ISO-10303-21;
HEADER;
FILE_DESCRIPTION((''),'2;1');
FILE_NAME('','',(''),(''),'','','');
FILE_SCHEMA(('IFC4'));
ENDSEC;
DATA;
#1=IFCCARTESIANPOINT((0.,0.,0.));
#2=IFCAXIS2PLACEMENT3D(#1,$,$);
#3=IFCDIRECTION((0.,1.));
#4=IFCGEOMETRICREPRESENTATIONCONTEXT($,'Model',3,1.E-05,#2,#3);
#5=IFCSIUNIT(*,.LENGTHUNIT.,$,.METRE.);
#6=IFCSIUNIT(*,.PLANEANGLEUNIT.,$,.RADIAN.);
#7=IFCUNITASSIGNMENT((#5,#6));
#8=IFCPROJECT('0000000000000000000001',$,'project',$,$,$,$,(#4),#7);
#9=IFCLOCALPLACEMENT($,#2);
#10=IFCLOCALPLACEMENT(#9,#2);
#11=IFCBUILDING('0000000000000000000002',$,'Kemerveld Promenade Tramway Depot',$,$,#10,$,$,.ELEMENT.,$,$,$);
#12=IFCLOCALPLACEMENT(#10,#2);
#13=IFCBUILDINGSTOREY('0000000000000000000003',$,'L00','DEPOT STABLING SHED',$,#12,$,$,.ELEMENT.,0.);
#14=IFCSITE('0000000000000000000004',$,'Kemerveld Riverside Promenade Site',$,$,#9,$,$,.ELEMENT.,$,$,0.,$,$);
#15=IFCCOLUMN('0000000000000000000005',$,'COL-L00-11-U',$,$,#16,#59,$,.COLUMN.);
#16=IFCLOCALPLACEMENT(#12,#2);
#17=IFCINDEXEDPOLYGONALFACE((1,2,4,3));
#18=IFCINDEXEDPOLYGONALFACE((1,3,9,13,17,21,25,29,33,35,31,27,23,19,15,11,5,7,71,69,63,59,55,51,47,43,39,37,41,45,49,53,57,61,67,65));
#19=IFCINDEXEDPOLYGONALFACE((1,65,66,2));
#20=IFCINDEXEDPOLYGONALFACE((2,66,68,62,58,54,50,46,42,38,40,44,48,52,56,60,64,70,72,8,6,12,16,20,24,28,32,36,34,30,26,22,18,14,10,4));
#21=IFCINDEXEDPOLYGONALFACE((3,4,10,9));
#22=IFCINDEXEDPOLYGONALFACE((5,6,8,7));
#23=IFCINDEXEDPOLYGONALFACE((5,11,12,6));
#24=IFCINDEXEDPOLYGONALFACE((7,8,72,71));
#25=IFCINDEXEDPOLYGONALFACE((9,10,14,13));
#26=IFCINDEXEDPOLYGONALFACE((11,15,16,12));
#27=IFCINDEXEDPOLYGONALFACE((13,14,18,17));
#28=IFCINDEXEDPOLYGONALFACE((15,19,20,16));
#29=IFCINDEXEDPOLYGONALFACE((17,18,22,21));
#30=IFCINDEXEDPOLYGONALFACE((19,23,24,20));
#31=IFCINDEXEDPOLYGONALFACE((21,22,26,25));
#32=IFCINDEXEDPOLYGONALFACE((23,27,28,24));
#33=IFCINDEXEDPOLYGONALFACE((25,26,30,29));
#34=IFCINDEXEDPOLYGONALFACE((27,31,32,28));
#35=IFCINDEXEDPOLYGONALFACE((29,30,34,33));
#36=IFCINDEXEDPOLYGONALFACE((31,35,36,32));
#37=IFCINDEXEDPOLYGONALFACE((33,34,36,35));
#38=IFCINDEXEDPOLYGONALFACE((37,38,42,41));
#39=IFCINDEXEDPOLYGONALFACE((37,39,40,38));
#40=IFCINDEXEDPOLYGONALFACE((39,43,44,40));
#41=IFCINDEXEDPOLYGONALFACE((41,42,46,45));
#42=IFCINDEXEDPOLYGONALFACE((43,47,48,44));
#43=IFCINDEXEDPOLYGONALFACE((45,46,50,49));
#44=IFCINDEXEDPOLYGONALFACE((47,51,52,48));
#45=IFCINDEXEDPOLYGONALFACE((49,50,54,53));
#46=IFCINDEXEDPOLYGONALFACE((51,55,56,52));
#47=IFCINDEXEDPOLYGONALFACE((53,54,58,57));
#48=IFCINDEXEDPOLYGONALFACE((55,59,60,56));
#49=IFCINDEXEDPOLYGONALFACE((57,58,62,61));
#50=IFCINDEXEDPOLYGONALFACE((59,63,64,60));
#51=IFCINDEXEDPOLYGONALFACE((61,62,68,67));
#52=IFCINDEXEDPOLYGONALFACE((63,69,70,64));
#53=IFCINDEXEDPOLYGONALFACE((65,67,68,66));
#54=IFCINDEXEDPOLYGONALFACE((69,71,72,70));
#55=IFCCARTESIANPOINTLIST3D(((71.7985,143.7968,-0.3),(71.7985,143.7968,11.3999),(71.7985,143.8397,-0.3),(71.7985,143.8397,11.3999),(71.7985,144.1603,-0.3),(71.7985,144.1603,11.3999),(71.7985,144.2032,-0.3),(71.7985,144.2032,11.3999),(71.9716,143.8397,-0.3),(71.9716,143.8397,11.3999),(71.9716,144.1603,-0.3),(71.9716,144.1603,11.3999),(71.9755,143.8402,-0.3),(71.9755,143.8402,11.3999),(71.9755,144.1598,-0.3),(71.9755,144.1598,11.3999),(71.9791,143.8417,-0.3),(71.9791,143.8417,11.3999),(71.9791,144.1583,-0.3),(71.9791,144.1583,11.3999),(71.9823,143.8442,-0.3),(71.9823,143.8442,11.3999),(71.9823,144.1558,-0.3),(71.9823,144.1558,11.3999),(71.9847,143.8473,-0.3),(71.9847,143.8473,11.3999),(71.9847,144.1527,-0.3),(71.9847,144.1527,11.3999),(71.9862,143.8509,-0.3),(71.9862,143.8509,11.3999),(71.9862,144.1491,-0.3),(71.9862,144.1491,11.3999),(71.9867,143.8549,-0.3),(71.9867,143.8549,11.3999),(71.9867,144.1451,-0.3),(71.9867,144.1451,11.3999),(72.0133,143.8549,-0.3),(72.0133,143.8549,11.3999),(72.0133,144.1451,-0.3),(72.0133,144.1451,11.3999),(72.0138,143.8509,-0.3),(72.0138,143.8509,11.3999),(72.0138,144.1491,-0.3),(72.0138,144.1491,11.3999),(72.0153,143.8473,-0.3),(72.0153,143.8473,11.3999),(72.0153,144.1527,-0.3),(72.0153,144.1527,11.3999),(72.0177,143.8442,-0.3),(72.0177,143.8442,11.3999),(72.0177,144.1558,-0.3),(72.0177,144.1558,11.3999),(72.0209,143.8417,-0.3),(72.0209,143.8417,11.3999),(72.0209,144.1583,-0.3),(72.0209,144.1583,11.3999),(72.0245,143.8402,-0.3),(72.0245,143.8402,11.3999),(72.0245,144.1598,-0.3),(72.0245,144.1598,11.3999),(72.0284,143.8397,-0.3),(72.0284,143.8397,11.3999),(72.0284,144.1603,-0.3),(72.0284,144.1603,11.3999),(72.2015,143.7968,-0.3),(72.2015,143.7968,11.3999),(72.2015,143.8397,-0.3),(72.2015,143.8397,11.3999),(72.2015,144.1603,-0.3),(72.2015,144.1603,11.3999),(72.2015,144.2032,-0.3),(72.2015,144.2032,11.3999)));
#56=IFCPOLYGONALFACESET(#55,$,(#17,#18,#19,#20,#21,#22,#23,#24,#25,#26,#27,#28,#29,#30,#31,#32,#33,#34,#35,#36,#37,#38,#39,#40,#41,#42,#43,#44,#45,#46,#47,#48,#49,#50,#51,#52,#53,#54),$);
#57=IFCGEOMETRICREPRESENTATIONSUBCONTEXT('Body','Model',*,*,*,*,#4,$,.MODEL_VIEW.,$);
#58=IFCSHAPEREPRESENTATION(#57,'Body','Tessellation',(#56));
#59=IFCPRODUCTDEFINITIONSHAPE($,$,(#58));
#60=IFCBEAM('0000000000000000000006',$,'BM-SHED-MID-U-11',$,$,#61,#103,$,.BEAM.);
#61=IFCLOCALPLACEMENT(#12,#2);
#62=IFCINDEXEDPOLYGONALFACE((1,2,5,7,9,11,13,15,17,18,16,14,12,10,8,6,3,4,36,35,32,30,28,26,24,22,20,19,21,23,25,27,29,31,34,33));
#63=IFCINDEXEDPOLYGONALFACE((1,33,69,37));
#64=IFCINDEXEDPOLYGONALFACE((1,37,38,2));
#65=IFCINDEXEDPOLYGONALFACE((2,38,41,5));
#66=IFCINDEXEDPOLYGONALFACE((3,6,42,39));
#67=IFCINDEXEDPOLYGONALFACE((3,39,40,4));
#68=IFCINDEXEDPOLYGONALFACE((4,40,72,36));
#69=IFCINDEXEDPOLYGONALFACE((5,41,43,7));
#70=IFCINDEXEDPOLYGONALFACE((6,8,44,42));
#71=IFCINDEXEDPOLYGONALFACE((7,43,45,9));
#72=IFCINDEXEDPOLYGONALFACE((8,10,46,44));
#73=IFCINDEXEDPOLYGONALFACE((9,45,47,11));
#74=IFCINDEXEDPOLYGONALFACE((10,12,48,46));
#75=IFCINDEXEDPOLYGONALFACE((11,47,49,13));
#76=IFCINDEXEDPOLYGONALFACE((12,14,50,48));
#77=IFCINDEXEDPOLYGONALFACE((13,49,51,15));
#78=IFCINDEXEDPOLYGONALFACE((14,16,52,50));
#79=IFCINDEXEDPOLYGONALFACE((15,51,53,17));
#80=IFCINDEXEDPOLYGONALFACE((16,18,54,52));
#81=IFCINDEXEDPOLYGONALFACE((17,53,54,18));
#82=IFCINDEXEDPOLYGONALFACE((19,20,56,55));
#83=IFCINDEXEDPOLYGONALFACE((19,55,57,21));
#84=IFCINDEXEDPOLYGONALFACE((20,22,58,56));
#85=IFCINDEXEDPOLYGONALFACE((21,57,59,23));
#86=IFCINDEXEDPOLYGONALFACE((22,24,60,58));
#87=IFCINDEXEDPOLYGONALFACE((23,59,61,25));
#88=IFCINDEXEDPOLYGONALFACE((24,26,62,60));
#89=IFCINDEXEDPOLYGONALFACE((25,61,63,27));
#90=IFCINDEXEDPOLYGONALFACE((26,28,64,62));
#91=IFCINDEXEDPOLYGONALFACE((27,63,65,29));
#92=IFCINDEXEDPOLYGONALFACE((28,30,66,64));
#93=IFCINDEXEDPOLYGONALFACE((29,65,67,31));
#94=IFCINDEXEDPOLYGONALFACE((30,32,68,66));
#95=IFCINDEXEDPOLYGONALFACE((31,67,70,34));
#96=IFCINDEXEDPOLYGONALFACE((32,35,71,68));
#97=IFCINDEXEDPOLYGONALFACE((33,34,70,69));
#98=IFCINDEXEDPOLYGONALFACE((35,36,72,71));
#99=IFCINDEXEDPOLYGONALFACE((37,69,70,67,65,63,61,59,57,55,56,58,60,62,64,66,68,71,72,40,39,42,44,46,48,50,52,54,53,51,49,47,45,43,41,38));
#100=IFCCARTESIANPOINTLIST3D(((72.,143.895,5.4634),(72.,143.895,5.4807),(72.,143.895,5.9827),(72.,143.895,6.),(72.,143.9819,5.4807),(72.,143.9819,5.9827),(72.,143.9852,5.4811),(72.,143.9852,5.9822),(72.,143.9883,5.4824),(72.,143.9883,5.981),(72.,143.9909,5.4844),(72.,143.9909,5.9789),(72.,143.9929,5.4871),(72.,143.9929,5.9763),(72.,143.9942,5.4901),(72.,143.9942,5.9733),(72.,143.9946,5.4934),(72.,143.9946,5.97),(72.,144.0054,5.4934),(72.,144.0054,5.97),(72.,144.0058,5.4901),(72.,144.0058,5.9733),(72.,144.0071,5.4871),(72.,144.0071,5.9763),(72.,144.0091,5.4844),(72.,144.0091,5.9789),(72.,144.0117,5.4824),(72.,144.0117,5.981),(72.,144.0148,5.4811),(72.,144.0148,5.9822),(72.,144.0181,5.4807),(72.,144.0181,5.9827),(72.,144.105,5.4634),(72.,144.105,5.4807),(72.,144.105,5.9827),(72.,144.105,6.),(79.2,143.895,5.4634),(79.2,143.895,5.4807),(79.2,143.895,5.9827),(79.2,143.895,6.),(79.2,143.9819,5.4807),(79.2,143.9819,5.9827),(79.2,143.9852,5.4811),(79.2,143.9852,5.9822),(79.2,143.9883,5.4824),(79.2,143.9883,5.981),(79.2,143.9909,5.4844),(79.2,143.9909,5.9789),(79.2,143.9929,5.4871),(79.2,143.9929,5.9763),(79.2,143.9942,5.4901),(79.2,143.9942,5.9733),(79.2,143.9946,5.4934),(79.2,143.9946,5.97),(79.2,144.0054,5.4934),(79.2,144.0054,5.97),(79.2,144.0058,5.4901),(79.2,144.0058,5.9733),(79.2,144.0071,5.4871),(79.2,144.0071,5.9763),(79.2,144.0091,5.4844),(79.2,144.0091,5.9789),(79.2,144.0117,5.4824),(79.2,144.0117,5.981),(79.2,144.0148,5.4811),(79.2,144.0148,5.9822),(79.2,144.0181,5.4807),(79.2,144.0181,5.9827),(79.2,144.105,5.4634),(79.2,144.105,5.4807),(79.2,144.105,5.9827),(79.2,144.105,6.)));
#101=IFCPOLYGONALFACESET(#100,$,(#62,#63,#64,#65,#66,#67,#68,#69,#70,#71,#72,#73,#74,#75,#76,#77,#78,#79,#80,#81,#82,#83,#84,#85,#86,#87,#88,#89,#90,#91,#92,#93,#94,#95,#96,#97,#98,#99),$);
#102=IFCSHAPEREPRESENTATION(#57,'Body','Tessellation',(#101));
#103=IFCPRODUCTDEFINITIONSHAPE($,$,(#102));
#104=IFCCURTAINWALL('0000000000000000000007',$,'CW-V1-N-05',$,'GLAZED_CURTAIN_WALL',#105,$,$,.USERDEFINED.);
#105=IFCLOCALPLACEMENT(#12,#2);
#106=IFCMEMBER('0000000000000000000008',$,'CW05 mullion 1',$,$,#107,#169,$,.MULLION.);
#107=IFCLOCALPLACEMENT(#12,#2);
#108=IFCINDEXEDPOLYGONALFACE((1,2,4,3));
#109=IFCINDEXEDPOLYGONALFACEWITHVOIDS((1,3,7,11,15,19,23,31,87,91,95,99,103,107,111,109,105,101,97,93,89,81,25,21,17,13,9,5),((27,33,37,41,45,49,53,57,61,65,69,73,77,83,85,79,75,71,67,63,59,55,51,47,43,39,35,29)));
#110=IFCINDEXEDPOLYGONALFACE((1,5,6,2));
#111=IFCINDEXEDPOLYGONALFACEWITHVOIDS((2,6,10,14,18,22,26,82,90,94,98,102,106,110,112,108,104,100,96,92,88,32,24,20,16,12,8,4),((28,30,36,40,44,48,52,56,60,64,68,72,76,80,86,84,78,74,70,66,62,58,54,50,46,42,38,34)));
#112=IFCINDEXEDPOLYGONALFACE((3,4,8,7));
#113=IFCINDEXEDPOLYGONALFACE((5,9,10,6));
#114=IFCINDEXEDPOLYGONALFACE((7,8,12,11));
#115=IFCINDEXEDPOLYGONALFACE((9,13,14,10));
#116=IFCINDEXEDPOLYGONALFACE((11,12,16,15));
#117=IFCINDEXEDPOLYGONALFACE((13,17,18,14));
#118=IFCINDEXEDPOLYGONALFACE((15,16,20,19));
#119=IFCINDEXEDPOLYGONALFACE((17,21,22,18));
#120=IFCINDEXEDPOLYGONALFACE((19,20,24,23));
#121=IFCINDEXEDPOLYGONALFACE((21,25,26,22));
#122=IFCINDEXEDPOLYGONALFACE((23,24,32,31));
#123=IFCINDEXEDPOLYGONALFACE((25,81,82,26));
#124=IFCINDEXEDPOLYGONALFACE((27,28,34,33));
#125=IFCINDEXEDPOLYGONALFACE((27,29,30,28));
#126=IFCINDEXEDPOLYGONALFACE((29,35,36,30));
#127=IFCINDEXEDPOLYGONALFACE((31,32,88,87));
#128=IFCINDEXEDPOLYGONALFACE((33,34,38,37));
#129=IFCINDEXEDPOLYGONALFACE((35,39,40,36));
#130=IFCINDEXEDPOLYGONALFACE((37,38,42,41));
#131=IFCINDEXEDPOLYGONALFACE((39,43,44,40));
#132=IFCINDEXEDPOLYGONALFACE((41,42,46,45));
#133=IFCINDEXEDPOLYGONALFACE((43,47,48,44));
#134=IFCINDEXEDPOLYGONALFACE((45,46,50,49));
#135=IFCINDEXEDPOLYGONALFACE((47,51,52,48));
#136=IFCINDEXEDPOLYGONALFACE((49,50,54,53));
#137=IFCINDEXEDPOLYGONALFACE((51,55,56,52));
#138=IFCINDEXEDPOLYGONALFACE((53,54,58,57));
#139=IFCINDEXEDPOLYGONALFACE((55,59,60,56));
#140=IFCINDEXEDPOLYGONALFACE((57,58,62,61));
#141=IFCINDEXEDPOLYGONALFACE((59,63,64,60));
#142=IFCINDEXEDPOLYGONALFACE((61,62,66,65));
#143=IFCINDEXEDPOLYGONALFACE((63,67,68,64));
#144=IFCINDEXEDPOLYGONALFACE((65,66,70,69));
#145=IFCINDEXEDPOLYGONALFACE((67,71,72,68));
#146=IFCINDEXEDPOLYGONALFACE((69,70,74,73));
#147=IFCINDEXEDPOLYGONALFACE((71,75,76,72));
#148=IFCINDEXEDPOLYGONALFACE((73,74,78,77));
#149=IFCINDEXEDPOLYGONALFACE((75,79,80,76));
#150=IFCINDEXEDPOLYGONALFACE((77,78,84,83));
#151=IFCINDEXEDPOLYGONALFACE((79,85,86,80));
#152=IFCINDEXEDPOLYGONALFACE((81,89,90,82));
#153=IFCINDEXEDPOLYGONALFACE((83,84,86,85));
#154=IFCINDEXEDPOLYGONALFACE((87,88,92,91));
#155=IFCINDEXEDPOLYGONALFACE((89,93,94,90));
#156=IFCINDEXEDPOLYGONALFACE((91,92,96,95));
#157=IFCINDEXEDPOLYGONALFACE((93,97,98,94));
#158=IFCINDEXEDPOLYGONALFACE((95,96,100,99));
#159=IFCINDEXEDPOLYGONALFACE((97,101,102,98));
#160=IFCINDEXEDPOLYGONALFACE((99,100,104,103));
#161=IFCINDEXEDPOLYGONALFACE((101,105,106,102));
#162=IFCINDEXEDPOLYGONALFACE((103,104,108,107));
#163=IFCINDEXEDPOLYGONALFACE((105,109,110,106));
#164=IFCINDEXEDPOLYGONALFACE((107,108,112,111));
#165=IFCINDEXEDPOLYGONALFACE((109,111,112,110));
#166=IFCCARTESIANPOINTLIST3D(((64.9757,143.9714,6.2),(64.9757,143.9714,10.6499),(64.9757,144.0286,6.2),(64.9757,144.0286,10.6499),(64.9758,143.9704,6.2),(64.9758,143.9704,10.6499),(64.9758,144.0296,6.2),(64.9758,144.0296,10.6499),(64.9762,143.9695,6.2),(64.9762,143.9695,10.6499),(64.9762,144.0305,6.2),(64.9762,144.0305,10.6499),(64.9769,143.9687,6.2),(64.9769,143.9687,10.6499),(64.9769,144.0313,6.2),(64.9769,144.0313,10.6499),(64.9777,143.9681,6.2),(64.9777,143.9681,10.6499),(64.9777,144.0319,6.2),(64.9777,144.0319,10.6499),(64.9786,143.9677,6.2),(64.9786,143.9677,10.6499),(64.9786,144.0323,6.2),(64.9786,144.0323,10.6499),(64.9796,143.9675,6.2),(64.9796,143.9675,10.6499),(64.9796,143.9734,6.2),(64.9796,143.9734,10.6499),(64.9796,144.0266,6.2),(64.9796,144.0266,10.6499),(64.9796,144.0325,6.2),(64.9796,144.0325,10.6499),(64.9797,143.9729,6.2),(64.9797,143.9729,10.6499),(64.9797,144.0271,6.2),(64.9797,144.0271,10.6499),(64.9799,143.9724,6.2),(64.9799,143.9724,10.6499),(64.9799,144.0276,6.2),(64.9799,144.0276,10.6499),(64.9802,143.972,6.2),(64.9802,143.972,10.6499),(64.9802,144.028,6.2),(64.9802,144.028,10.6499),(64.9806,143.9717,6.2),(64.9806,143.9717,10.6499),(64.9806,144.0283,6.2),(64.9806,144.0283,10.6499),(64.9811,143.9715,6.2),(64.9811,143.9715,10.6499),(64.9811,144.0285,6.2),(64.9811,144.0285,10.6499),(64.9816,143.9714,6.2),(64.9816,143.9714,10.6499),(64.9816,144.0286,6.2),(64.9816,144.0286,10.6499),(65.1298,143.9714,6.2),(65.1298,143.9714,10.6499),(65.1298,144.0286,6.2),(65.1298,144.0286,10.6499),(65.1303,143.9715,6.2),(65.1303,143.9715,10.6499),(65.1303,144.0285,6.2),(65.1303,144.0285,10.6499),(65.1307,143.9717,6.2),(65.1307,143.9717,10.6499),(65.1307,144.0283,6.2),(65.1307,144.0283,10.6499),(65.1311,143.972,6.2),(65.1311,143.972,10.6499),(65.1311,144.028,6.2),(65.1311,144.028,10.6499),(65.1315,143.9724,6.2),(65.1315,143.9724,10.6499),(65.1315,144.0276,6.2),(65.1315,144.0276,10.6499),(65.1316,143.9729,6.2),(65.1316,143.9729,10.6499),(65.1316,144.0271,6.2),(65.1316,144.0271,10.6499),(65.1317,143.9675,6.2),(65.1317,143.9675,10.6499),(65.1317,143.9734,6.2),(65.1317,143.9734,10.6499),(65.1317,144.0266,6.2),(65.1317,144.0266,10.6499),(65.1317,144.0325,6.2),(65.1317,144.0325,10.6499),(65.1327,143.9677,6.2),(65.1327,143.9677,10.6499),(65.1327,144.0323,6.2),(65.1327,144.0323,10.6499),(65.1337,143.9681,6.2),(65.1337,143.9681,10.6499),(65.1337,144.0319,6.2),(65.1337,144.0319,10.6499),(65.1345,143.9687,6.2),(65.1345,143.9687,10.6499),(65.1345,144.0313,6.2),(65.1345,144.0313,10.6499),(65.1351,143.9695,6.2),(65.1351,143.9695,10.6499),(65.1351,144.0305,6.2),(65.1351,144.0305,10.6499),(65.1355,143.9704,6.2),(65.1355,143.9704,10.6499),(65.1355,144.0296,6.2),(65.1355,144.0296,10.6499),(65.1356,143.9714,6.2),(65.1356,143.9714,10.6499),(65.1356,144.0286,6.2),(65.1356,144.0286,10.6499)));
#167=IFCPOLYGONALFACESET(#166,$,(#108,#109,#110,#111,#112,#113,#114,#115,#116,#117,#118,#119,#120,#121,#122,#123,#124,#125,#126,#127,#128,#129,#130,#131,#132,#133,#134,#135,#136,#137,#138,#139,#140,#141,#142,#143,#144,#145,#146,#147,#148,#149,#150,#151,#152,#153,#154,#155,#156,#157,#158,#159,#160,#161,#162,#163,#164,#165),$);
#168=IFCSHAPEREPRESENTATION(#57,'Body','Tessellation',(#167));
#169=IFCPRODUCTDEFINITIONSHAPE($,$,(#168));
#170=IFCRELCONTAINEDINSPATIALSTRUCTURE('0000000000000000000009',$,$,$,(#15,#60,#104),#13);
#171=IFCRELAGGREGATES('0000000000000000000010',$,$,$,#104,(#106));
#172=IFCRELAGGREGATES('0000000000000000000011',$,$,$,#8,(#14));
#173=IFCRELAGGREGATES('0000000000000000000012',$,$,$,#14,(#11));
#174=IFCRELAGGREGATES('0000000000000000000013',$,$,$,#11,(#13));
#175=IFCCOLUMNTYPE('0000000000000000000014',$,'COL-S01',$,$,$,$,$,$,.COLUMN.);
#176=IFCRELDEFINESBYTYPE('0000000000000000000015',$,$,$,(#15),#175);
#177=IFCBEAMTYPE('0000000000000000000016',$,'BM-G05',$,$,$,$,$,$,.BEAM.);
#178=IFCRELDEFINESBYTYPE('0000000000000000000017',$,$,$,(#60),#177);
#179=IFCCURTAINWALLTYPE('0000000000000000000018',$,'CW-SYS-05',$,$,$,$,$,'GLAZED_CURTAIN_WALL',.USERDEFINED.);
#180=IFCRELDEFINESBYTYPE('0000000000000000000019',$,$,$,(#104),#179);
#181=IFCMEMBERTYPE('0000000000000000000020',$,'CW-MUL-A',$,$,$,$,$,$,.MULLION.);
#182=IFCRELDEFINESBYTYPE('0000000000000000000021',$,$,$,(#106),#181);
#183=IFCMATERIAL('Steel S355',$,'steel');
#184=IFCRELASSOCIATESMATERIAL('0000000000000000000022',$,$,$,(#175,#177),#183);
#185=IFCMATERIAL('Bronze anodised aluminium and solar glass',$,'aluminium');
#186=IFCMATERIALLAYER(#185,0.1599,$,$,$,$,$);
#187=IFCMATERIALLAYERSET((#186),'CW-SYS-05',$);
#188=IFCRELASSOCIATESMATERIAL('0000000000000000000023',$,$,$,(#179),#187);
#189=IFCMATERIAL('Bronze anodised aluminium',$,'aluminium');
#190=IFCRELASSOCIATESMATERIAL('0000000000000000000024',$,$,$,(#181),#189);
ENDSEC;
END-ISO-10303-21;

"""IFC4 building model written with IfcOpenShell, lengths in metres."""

from ifc_helpers import new_model, si_unit, direction, frame, origin, origin_2d, place, context, subcontext, project, spatial, hollow_rectangle, i_section, extrude, material, layer, layer_set, material_profile, profile_set, type_object, element, aggregate, save


model = new_model("IFC4")

# Units and contexts
model_context = context("Model", 3, precision=1e-05, world=origin(), true_north=direction((0.0, 1.0)))
body_context = subcontext(model_context, "Body", "Model", "MODEL_VIEW")
ifc_project = project(units=[si_unit("LENGTHUNIT", "METRE"), si_unit("PLANEANGLEUNIT", "RADIAN")], contexts=[model_context])

# Site, building, storey
site_placement = place(None, origin())
site = spatial("IfcSite", under=ifc_project, at=site_placement, Name="Kemerveld Riverside Promenade Site", CompositionType="ELEMENT", RefElevation=0.0)
building_placement = place(site_placement, origin())
building = spatial("IfcBuilding", under=site, at=building_placement, Name="Kemerveld Promenade Tramway Depot", CompositionType="ELEMENT")
storey_placement = place(building_placement, origin())
storey = spatial("IfcBuildingStorey", under=building, at=storey_placement, Name="L00", Description="DEPOT STABLING SHED", CompositionType="ELEMENT", Elevation=0.0)

# Column
ifc_material_1 = material(Name="Steel S355", Category="steel")
ifc_material_profile_1 = material_profile(ifc_material_1, i_section(OverallWidth=0.4031, OverallDepth=0.4065, WebThickness=0.0266, FlangeThickness=0.043, FilletRadius=0.0151, at=origin_2d()), Name="356x406x340 UC")
ifc_profile_set_1 = profile_set([ifc_material_profile_1], Name="Steel S355")
column_type = type_object("IfcColumnType", Name="COL-S01", PredefinedType="COLUMN", material=ifc_profile_set_1)
for number, where, z_axis, x_axis, name in (
    (1, (72.0, 144.0, -0.3), (0.0, 0.0, 1.0), (1.0, 0.0, 0.0), "COL-L00-11-U"),
):
    element("IfcColumn", number, at=place(storey_placement, frame(where, z_axis=z_axis, x_axis=x_axis)), inside=storey, type_object=column_type, Name=name, PredefinedType="COLUMN", context=body_context, shape_type="SweptSolid", body=[
        extrude(i_section(OverallWidth=0.4031, OverallDepth=0.4065, WebThickness=0.0266, FlangeThickness=0.043, FilletRadius=0.0151, at=origin_2d()), origin(), (0.0, 0.0, 1.0), 11.7),
    ])

# Beam
ifc_material_profile_2 = material_profile(ifc_material_1, i_section(OverallWidth=0.21, OverallDepth=0.5366, WebThickness=0.0107, FlangeThickness=0.0173, FilletRadius=0.0127, at=origin_2d()), Name="533x210x101 UB")
ifc_profile_set_2 = profile_set([ifc_material_profile_2], Name="Steel S355")
beam_type = type_object("IfcBeamType", Name="BM-G05", PredefinedType="BEAM", material=ifc_profile_set_2)
beam_placement = place(storey_placement, frame((72.0, 144.0, 5.7317), z_axis=(1.0, 0.0, 0.0), x_axis=(0.0, 1.0, 0.0)))
element("IfcBeam", 2, at=beam_placement, inside=storey, type_object=beam_type, Name="BM-SHED-MID-U-11", PredefinedType="BEAM", context=body_context, shape_type="SweptSolid", body=[
    extrude(i_section(OverallWidth=0.21, OverallDepth=0.5366, WebThickness=0.0107, FlangeThickness=0.0173, FilletRadius=0.0127, at=origin_2d()), origin(), (0.0, 0.0, 1.0), 7.2),
])

# Curtain wall, member
ifc_material_2 = material(Name="Bronze anodised aluminium and solar glass", Category="aluminium")
ifc_layer_1 = layer(ifc_material_2, 0.1599)
ifc_layer_set_1 = layer_set([ifc_layer_1], Name="CW-SYS-05")
curtain_wall_type_1 = type_object("IfcCurtainWallType", Name="CW-SYS-05", ElementType="GLAZED_CURTAIN_WALL", PredefinedType="USERDEFINED", material=ifc_layer_set_1)
curtain_wall_1_placement = place(storey_placement, origin())
curtain_wall_1 = element("IfcCurtainWall", 3, at=curtain_wall_1_placement, inside=storey, type_object=curtain_wall_type_1, Name="CW-V1-N-05", ObjectType="GLAZED_CURTAIN_WALL", PredefinedType="USERDEFINED")
ifc_material_3 = material(Name="Bronze anodised aluminium", Category="aluminium")
ifc_material_profile_3 = material_profile(ifc_material_3, hollow_rectangle(XDim=0.0649, YDim=0.1599, WallThickness=0.0039, InnerFilletRadius=0.002, OuterFilletRadius=0.0039, at=origin_2d()), Name="CW-MUL-160x65")
ifc_profile_set_3 = profile_set([ifc_material_profile_3], Name="Bronze anodised aluminium")
member_type_1 = type_object("IfcMemberType", Name="CW-MUL-A", PredefinedType="MULLION", material=ifc_profile_set_3)
member_1_placement = place(storey_placement, frame((65.0557, 144.0, 6.2), z_axis=(0.0, 0.0, 1.0), x_axis=(0.0, 1.0, 0.0)))
member_1 = element("IfcMember", 4, at=member_1_placement, type_object=member_type_1, Name="CW05 mullion 1", PredefinedType="MULLION", context=body_context, shape_type="SweptSolid", body=[
    extrude(hollow_rectangle(XDim=0.0649, YDim=0.1599, WallThickness=0.0039, InnerFilletRadius=0.002, OuterFilletRadius=0.0039, at=origin_2d()), origin(), (0.0, 0.0, 1.0), 4.45),
])

aggregate(curtain_wall_1, [member_1])

save(model, "model.ifc")
